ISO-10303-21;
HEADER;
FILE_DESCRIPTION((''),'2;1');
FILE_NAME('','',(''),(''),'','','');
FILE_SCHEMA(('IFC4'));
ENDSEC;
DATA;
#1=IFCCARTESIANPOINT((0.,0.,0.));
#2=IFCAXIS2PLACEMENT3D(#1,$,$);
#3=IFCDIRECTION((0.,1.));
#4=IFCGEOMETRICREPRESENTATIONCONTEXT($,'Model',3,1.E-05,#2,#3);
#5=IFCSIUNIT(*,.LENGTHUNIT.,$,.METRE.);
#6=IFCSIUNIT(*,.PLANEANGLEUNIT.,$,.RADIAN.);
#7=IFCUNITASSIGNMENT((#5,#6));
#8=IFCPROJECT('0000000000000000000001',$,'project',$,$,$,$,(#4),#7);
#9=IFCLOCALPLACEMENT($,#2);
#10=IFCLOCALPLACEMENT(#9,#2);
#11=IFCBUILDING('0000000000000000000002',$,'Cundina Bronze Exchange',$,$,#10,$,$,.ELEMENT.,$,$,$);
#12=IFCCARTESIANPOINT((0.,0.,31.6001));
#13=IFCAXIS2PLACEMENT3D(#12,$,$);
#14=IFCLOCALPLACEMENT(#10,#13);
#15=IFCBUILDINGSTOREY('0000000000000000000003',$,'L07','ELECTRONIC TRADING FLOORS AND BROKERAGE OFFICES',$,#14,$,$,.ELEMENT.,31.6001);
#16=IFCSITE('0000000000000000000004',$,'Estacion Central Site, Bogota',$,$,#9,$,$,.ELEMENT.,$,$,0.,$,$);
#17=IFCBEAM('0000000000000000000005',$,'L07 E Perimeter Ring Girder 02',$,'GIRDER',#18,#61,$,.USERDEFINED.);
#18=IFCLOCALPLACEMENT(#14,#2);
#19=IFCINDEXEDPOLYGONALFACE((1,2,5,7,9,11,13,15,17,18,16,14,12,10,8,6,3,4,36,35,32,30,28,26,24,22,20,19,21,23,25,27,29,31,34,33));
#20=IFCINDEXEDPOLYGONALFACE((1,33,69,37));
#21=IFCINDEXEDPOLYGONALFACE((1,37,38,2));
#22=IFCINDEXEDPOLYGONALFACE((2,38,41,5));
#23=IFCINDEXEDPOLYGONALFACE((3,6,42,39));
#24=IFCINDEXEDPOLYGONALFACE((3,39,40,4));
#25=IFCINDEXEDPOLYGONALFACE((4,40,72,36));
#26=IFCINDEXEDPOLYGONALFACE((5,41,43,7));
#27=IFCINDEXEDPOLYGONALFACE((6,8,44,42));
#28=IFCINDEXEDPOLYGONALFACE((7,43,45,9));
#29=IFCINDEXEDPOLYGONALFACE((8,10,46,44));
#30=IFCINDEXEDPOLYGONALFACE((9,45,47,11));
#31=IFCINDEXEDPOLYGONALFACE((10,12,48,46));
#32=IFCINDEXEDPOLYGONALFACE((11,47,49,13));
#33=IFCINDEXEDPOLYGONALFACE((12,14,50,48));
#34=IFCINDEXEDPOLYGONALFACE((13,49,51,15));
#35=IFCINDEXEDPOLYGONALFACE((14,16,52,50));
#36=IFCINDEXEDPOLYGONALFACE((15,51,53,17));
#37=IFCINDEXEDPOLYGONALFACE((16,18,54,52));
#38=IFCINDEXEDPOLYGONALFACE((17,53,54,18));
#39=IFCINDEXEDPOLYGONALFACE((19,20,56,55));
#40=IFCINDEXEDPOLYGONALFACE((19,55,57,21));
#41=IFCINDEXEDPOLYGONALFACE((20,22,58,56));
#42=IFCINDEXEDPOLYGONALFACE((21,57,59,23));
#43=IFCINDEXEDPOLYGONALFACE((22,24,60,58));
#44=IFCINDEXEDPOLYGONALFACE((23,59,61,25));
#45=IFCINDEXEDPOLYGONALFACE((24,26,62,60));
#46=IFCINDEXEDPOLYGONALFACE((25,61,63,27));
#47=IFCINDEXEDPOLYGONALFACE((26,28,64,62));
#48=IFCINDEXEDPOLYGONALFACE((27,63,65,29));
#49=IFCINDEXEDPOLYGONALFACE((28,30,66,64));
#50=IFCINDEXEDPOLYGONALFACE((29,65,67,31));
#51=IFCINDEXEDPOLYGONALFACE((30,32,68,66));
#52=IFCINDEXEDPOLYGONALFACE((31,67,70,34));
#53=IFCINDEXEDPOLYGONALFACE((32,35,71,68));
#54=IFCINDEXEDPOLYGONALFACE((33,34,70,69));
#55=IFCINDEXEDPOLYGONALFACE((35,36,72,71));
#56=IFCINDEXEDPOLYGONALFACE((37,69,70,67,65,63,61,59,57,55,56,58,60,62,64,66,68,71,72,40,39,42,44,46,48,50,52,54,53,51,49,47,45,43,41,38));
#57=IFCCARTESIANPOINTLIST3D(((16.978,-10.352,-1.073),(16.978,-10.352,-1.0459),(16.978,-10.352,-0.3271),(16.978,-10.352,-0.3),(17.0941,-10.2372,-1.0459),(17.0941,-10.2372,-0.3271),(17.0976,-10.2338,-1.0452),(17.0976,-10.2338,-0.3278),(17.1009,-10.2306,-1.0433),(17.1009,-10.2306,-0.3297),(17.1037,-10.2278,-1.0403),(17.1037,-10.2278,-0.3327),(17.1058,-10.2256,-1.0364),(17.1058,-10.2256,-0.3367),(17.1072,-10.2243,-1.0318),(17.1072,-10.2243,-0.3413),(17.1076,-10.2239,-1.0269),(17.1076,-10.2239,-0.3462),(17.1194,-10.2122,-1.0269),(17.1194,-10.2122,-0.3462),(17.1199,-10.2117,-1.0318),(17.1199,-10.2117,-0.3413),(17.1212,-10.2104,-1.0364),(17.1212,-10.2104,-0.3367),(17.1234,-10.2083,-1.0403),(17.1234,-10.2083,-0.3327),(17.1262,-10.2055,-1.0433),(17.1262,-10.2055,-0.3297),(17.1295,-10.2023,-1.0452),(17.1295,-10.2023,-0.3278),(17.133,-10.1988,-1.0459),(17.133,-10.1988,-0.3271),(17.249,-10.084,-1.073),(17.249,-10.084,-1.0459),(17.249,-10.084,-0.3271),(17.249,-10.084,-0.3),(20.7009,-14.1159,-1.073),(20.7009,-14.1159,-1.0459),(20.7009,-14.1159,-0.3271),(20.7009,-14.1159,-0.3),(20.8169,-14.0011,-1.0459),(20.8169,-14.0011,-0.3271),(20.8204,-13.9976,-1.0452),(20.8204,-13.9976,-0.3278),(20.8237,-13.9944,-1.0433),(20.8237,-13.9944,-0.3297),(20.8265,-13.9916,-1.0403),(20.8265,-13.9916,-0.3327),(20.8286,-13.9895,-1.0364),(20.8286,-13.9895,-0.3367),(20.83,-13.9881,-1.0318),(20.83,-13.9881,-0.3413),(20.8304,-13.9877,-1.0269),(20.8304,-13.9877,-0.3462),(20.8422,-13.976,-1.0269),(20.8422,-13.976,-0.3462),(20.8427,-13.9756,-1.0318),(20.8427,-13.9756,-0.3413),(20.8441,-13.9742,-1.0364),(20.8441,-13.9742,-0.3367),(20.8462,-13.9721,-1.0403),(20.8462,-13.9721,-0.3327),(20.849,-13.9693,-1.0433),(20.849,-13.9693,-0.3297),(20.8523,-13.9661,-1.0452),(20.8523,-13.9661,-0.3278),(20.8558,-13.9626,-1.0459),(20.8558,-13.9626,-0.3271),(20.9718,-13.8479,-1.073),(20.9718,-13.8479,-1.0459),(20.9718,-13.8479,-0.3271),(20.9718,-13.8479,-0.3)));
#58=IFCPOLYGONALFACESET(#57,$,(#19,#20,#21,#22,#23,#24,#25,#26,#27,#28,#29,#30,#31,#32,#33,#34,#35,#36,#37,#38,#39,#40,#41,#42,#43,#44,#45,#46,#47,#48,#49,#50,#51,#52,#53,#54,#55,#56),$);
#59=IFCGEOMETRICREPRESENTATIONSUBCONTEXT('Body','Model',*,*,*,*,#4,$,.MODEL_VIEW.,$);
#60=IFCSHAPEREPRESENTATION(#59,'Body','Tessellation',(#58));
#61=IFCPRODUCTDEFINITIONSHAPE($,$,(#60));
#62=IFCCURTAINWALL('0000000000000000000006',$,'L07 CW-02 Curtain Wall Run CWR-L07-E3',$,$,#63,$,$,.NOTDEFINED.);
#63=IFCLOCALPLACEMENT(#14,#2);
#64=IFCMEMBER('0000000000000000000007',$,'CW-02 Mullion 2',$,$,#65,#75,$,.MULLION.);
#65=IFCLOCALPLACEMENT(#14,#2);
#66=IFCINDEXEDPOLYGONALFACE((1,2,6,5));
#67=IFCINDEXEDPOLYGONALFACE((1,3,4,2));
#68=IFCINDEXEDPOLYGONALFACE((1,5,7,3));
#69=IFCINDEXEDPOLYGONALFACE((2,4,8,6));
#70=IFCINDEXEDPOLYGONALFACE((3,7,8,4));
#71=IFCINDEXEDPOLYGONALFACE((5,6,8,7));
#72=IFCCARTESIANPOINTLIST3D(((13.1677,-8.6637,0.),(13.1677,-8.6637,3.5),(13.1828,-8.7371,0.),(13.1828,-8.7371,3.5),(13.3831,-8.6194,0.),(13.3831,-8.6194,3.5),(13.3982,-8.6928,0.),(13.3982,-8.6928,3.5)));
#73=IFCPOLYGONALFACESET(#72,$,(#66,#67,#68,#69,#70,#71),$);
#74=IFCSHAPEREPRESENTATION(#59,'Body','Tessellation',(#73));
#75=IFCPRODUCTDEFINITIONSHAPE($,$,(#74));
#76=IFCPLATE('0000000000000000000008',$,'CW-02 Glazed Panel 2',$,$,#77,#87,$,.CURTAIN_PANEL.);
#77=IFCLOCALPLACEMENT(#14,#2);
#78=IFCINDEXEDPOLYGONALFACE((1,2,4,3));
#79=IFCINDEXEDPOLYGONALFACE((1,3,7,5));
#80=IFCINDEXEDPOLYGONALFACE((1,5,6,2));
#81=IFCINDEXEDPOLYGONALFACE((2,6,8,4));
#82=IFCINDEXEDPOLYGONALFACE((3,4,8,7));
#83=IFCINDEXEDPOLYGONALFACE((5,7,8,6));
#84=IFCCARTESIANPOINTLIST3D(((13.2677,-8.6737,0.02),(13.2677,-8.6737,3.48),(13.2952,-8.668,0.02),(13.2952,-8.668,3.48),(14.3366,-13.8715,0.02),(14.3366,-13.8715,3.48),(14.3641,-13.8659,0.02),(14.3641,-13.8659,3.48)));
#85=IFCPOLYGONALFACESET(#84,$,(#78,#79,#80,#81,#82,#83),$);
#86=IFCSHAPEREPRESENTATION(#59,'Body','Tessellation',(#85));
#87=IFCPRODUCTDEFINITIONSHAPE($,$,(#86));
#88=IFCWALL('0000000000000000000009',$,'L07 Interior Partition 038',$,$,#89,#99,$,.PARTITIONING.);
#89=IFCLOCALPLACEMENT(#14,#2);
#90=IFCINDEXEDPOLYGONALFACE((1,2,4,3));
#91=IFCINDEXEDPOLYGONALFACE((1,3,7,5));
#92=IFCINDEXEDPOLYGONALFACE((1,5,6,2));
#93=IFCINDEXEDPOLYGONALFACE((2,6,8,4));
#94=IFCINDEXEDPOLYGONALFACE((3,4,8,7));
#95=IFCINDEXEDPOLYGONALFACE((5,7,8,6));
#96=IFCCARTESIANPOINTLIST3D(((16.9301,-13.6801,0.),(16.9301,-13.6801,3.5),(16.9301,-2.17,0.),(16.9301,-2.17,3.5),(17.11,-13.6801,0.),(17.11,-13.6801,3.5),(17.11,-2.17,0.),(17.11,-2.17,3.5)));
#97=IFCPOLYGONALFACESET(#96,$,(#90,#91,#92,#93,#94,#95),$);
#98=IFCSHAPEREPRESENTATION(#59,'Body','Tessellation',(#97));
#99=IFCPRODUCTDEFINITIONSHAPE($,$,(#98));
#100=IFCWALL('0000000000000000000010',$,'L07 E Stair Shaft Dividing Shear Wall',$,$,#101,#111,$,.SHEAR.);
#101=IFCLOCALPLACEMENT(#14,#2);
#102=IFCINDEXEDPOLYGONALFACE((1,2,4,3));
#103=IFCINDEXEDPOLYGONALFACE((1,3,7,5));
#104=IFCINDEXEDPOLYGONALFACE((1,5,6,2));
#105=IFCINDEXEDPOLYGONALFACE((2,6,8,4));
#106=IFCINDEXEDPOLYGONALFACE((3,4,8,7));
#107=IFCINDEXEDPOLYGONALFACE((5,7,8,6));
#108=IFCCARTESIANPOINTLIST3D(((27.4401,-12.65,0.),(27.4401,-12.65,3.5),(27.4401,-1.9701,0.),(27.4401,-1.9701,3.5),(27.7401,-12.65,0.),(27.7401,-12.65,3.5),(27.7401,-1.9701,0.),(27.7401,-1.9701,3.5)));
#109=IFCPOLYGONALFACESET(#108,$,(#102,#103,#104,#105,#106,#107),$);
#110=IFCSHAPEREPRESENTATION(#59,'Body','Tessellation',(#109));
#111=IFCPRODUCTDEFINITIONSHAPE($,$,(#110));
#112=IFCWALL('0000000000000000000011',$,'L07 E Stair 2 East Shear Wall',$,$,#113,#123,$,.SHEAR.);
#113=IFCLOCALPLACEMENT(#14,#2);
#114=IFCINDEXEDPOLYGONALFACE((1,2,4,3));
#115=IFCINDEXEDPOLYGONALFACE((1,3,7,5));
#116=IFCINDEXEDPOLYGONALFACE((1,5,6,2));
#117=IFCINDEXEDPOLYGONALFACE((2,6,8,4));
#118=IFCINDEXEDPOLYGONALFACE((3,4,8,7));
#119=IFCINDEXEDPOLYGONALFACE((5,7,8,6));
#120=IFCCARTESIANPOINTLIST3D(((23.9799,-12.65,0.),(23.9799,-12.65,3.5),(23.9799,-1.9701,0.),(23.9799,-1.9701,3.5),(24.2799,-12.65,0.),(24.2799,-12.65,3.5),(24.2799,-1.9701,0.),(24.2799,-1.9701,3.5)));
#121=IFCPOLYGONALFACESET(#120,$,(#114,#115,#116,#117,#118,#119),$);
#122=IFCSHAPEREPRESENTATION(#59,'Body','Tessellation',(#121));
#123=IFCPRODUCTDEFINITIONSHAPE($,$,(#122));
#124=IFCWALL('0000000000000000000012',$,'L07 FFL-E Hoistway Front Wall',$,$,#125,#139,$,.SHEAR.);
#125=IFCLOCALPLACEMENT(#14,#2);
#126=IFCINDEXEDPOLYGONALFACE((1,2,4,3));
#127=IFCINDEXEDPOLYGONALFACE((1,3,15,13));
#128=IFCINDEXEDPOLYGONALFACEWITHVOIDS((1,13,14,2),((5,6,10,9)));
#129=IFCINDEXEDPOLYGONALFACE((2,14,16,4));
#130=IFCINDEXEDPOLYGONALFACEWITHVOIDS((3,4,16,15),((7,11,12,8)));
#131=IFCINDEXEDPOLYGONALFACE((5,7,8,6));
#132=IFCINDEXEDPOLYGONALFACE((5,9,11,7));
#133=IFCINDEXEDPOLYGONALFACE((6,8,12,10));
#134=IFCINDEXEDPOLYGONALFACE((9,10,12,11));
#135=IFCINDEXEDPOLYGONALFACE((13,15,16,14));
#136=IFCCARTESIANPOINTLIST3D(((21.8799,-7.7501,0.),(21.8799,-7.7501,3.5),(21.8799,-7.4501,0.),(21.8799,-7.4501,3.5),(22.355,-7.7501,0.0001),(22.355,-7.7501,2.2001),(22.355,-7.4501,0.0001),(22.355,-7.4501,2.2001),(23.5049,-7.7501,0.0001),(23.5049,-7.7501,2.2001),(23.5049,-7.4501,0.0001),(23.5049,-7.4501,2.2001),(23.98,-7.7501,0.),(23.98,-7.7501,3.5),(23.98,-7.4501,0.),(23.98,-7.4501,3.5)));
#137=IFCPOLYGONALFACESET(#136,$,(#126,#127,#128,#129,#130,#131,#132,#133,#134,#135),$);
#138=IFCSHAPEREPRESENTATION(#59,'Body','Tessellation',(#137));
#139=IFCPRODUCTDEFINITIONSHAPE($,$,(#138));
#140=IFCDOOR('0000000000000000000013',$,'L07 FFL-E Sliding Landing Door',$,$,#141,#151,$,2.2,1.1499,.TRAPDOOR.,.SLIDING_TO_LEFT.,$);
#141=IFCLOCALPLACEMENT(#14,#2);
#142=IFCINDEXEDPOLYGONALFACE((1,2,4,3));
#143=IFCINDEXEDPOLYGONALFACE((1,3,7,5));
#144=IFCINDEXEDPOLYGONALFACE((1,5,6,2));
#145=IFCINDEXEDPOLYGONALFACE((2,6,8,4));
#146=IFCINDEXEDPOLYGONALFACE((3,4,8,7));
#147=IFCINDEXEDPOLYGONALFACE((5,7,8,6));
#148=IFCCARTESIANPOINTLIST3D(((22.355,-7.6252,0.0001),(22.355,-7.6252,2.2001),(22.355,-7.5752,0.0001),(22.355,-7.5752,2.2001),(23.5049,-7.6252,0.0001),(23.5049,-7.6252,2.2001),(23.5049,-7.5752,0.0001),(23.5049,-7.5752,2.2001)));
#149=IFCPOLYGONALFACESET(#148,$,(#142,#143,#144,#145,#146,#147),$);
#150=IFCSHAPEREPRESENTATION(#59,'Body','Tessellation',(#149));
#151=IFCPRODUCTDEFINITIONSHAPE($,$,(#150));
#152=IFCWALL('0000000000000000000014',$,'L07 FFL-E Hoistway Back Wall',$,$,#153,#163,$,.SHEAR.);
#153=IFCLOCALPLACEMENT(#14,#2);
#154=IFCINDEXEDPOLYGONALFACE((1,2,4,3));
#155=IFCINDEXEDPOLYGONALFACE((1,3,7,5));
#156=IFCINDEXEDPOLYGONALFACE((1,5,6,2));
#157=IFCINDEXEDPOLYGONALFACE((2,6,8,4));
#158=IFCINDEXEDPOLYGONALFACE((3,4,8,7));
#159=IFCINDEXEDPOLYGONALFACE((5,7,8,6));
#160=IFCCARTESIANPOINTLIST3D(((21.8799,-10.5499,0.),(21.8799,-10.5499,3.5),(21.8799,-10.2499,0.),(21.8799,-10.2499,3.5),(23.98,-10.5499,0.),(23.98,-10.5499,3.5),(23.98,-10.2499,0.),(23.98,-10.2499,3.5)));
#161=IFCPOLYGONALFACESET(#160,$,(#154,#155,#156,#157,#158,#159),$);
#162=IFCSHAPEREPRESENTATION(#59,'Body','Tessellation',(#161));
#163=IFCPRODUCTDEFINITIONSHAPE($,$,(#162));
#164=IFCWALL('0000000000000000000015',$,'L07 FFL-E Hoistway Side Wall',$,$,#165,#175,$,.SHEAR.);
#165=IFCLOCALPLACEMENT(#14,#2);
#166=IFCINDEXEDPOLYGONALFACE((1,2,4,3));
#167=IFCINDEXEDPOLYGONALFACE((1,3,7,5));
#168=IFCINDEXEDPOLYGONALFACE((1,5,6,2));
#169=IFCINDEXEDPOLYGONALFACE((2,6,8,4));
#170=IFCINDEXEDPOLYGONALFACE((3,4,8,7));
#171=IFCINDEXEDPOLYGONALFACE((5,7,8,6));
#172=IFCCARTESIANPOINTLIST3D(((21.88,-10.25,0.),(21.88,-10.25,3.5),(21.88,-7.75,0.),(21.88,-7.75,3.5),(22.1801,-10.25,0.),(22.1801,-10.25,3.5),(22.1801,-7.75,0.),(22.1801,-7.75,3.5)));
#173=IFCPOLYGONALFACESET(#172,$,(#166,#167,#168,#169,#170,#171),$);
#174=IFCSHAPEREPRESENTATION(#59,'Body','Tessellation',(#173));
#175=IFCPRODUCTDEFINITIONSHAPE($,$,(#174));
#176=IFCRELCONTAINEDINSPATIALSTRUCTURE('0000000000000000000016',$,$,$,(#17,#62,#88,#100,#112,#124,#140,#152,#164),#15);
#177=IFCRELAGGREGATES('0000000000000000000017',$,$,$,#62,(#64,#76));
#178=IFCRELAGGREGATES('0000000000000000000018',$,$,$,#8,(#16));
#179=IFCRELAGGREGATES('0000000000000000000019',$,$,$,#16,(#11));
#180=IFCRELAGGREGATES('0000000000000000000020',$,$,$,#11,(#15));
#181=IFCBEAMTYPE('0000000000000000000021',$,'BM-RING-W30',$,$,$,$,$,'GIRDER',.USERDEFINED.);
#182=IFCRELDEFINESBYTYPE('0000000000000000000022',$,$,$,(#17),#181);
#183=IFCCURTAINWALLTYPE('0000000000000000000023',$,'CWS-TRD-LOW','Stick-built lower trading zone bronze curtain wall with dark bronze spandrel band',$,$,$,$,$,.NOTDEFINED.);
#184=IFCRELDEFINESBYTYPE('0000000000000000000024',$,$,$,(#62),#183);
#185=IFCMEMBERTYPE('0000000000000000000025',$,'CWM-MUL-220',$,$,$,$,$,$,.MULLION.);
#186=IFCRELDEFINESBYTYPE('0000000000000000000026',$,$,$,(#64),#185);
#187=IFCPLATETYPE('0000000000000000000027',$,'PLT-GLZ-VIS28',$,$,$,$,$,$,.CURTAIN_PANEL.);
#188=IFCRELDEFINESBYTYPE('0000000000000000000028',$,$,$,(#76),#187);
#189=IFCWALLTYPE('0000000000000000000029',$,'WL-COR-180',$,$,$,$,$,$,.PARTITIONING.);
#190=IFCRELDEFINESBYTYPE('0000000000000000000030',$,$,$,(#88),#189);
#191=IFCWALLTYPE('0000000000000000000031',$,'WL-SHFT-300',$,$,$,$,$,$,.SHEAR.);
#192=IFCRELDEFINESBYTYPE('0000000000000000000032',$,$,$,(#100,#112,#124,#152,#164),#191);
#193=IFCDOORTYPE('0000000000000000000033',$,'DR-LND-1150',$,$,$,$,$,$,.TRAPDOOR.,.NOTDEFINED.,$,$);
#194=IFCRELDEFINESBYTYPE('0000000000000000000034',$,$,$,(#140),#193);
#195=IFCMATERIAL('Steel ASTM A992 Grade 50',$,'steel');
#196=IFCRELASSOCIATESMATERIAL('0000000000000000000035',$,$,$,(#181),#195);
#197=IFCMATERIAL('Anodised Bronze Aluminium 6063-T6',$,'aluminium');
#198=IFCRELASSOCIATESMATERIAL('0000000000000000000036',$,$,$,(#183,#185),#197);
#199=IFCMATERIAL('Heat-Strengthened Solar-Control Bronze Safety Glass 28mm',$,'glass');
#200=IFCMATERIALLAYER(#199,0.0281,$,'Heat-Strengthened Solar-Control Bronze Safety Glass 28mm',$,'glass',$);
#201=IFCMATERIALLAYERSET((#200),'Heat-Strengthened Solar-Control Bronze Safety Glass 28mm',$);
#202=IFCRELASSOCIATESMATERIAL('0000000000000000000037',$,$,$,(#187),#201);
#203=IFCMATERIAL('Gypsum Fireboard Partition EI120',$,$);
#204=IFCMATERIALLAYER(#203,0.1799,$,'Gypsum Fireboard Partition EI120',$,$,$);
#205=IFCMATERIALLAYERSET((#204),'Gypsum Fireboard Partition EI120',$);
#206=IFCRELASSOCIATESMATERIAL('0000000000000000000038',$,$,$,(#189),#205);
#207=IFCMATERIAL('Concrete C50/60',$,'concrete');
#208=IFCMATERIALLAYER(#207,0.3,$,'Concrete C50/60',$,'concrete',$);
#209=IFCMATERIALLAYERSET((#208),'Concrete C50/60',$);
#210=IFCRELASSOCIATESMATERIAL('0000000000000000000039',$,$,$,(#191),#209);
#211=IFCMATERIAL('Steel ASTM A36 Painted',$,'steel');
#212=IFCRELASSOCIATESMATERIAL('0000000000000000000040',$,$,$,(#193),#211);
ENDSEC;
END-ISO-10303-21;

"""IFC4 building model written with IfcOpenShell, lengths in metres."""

from ifc_helpers import new_model, si_unit, direction, frame, frame_2d, origin, origin_2d, place, context, subcontext, project, spatial, rectangle, i_section, extrude, material, layer, layer_set, material_profile, profile_set, type_object, element, fill, aggregate, save


model = new_model("IFC4")

# Units and contexts
model_context = context("Model", 3, precision=1e-05, world=origin(), true_north=direction((0.0, 1.0)))
body_context = subcontext(model_context, "Body", "Model", "MODEL_VIEW")
ifc_project = project(units=[si_unit("LENGTHUNIT", "METRE"), si_unit("PLANEANGLEUNIT", "RADIAN")], contexts=[model_context])

# Site, building, storey
site_placement = place(None, origin())
site = spatial("IfcSite", under=ifc_project, at=site_placement, Name="Estacion Central Site, Bogota", CompositionType="ELEMENT", RefElevation=0.0)
building_placement = place(site_placement, origin())
building = spatial("IfcBuilding", under=site, at=building_placement, Name="Cundina Bronze Exchange", CompositionType="ELEMENT")
storey_placement = place(building_placement, frame((0.0, 0.0, 31.6001)))
storey = spatial("IfcBuildingStorey", under=building, at=storey_placement, Name="L07", Description="ELECTRONIC TRADING FLOORS AND BROKERAGE OFFICES", CompositionType="ELEMENT", Elevation=31.6001)

# Beam
ifc_material_1 = material(Name="Steel ASTM A992 Grade 50", Category="steel")
ifc_material_profile_1 = material_profile(ifc_material_1, i_section(OverallWidth=0.3811, OverallDepth=0.7729, WebThickness=0.0166, FlangeThickness=0.0271, FilletRadius=0.019, at=origin_2d()), Name="W30X173", Category="steel")
ifc_profile_set_1 = profile_set([ifc_material_profile_1], Name="Steel ASTM A992 Grade 50")
beam_type_1 = type_object("IfcBeamType", Name="BM-RING-W30", ElementType="GIRDER", PredefinedType="USERDEFINED", material=ifc_profile_set_1)
beam_1_placement = place(storey_placement, frame((17.1135, -10.218, -0.6865), z_axis=(0.703222, -0.71097, 0.0), x_axis=(0.71097, 0.703222, 0.0)))
element("IfcBeam", 1, at=beam_1_placement, inside=storey, type_object=beam_type_1, Name="L07 E Perimeter Ring Girder 02", ObjectType="GIRDER", PredefinedType="USERDEFINED", context=body_context, shape_type="SweptSolid", body=[
    extrude(i_section(OverallWidth=0.3811, OverallDepth=0.7729, WebThickness=0.0166, FlangeThickness=0.0271, FilletRadius=0.019, at=origin_2d()), origin(), (0.0, 0.0, 1.0), 5.2939),
])

# Curtain wall, member, plate
ifc_material_2 = material(Name="Anodised Bronze Aluminium 6063-T6", Category="aluminium")
curtain_wall_type = type_object("IfcCurtainWallType", Name="CWS-TRD-LOW", Description="Stick-built lower trading zone bronze curtain wall with dark bronze spandrel band", PredefinedType="NOTDEFINED", material=ifc_material_2)
curtain_wall_placement = place(storey_placement, origin())
curtain_wall = element("IfcCurtainWall", 2, at=curtain_wall_placement, inside=storey, type_object=curtain_wall_type, Name="L07 CW-02 Curtain Wall Run CWR-L07-E3", PredefinedType="NOTDEFINED")
ifc_material_profile_2 = material_profile(ifc_material_2, rectangle(XDim=0.075, YDim=0.22, at=origin_2d()), Name="AL75X220", Category="aluminium")
ifc_profile_set_2 = profile_set([ifc_material_profile_2], Name="Anodised Bronze Aluminium 6063-T6")
member_type = type_object("IfcMemberType", Name="CWM-MUL-220", PredefinedType="MULLION", material=ifc_profile_set_2)
member_placement = place(storey_placement, frame((13.283, -8.6782, 0.0), z_axis=(0.0, 0.0, 1.0), x_axis=(0.20142, -0.979505, 0.0)))
member = element("IfcMember", 3, at=member_placement, type_object=member_type, Name="CW-02 Mullion 2", PredefinedType="MULLION", context=body_context, shape_type="SweptSolid", body=[
    extrude(rectangle(XDim=0.075, YDim=0.22, at=origin_2d()), origin(), (0.0, 0.0, 1.0), 3.5),
])
ifc_material_3 = material(Name="Heat-Strengthened Solar-Control Bronze Safety Glass 28mm", Category="glass")
ifc_layer_1 = layer(ifc_material_3, 0.0281, Name="Heat-Strengthened Solar-Control Bronze Safety Glass 28mm", Category="glass")
ifc_layer_set_1 = layer_set([ifc_layer_1], Name="Heat-Strengthened Solar-Control Bronze Safety Glass 28mm")
plate_type = type_object("IfcPlateType", Name="PLT-GLZ-VIS28", PredefinedType="CURTAIN_PANEL", material=ifc_layer_set_1)
plate_placement = place(storey_placement, frame((13.8159, -11.2698, 0.02), z_axis=(0.0, 0.0, 1.0), x_axis=(0.20142, -0.979505, 0.0)))
plate = element("IfcPlate", 4, at=plate_placement, type_object=plate_type, Name="CW-02 Glazed Panel 2", PredefinedType="CURTAIN_PANEL", context=body_context, shape_type="SweptSolid", body=[
    extrude(rectangle(XDim=5.3066, YDim=0.0281, at=origin_2d()), origin(), (0.0, 0.0, 1.0), 3.46),
])
aggregate(curtain_wall, [member, plate])

# Walls
ifc_material_4 = material(Name="Gypsum Fireboard Partition EI120")
ifc_layer_2 = layer(ifc_material_4, 0.1799, Name="Gypsum Fireboard Partition EI120")
ifc_layer_set_2 = layer_set([ifc_layer_2], Name="Gypsum Fireboard Partition EI120")
wall_type_1 = type_object("IfcWallType", Name="WL-COR-180", PredefinedType="PARTITIONING", material=ifc_layer_set_2)
wall_1_placement = place(storey_placement, frame((17.02, -13.6799, 0.0), z_axis=(0.0, 0.0, 1.0), x_axis=(0.0, 1.0, 0.0)))
element("IfcWall", 5, at=wall_1_placement, inside=storey, type_object=wall_type_1, Name="L07 Interior Partition 038", PredefinedType="PARTITIONING", context=body_context, shape_type="SweptSolid", body=[
    extrude(rectangle(XDim=11.51, YDim=0.1799, at=frame_2d((5.7549, 0.0))), origin(), (0.0, 0.0, 1.0), 3.5),
])
ifc_material_5 = material(Name="Concrete C50/60", Category="concrete")
ifc_layer_3 = layer(ifc_material_5, 0.3, Name="Concrete C50/60", Category="concrete")
ifc_layer_set_3 = layer_set([ifc_layer_3], Name="Concrete C50/60")
wall_type_2 = type_object("IfcWallType", Name="WL-SHFT-300", PredefinedType="SHEAR", material=ifc_layer_set_3)
for number, where, z_axis, x_axis, name in (
    (6, (27.5901, -12.6499, 0.0), (0.0, 0.0, 1.0), (0.0, 1.0, 0.0), "L07 E Stair Shaft Dividing Shear Wall"),
    (7, (24.1299, -12.6499, 0.0), (0.0, 0.0, 1.0), (0.0, 1.0, 0.0), "L07 E Stair 2 East Shear Wall"),
):
    element("IfcWall", number, at=place(storey_placement, frame(where, z_axis=z_axis, x_axis=x_axis)), inside=storey, type_object=wall_type_2, Name=name, PredefinedType="SHEAR", context=body_context, shape_type="SweptSolid", body=[
        extrude(rectangle(XDim=10.6799, YDim=0.3, at=frame_2d((5.3398, 0.0))), origin(), (0.0, 0.0, 1.0), 3.5),
    ])

# Wall, opening, door
ifc_material_6 = material(Name="Steel ASTM A36 Painted", Category="steel")
wall_2_placement = place(storey_placement, frame((21.8799, -7.6001, 0.0), z_axis=(0.0, 0.0, 1.0), x_axis=(1.0, 0.0, 0.0)))
wall_2 = element("IfcWall", 8, at=wall_2_placement, inside=storey, type_object=wall_type_2, Name="L07 FFL-E Hoistway Front Wall", PredefinedType="SHEAR", context=body_context, shape_type="SweptSolid", body=[
    extrude(rectangle(XDim=2.1001, YDim=0.3, at=frame_2d((1.05, 0.0))), origin(), (0.0, 0.0, 1.0), 3.5),
])
opening_1_placement = place(wall_2_placement, frame((0.4751, 0.0, 0.0)))
opening_1 = element("IfcOpeningElement", 9, at=opening_1_placement, cuts=wall_2, PredefinedType="OPENING", context=body_context, shape_type="SweptSolid", body=[
    extrude(rectangle(XDim=1.1499, YDim=2.2, at=frame_2d((0.575, 1.1001))), frame((0.0, 0.1599, 0.0), z_axis=(0.0, -1.0, 0.0), x_axis=(1.0, 0.0, 0.0)), (0.0, 0.0, 1.0), 0.3201),
])
door_type_1 = type_object("IfcDoorType", Name="DR-LND-1150", OperationType="NOTDEFINED", PredefinedType="TRAPDOOR", material=ifc_material_6)
door_1_placement = place(opening_1_placement, origin())
door_1 = element("IfcDoor", 10, at=door_1_placement, inside=storey, type_object=door_type_1, Name="L07 FFL-E Sliding Landing Door", OperationType="SLIDING_TO_LEFT", OverallHeight=2.2, OverallWidth=1.1499, PredefinedType="TRAPDOOR", context=body_context, shape_type="SweptSolid", body=[
    extrude(rectangle(XDim=1.1499, YDim=2.2, at=frame_2d((0.575, 1.1001))), frame((0.0, 0.0249, 0.0), z_axis=(0.0, -1.0, 0.0), x_axis=(1.0, 0.0, 0.0)), (0.0, 0.0, 1.0), 0.05),
])
fill(opening_1, door_1)

# Walls
wall_3_placement = place(storey_placement, frame((21.8799, -10.3999, 0.0), z_axis=(0.0, 0.0, 1.0), x_axis=(1.0, 0.0, 0.0)))
element("IfcWall", 11, at=wall_3_placement, inside=storey, type_object=wall_type_2, Name="L07 FFL-E Hoistway Back Wall", PredefinedType="SHEAR", context=body_context, shape_type="SweptSolid", body=[
    extrude(rectangle(XDim=2.1001, YDim=0.3, at=frame_2d((1.05, 0.0))), origin(), (0.0, 0.0, 1.0), 3.5),
])
wall_4_placement = place(storey_placement, frame((22.03, -10.25, 0.0), z_axis=(0.0, 0.0, 1.0), x_axis=(0.0, 1.0, 0.0)))
element("IfcWall", 12, at=wall_4_placement, inside=storey, type_object=wall_type_2, Name="L07 FFL-E Hoistway Side Wall", PredefinedType="SHEAR", context=body_context, shape_type="SweptSolid", body=[
    extrude(rectangle(XDim=2.5, YDim=0.3, at=frame_2d((1.25, 0.0))), origin(), (0.0, 0.0, 1.0), 3.5),
])

save(model, "model.ifc")
